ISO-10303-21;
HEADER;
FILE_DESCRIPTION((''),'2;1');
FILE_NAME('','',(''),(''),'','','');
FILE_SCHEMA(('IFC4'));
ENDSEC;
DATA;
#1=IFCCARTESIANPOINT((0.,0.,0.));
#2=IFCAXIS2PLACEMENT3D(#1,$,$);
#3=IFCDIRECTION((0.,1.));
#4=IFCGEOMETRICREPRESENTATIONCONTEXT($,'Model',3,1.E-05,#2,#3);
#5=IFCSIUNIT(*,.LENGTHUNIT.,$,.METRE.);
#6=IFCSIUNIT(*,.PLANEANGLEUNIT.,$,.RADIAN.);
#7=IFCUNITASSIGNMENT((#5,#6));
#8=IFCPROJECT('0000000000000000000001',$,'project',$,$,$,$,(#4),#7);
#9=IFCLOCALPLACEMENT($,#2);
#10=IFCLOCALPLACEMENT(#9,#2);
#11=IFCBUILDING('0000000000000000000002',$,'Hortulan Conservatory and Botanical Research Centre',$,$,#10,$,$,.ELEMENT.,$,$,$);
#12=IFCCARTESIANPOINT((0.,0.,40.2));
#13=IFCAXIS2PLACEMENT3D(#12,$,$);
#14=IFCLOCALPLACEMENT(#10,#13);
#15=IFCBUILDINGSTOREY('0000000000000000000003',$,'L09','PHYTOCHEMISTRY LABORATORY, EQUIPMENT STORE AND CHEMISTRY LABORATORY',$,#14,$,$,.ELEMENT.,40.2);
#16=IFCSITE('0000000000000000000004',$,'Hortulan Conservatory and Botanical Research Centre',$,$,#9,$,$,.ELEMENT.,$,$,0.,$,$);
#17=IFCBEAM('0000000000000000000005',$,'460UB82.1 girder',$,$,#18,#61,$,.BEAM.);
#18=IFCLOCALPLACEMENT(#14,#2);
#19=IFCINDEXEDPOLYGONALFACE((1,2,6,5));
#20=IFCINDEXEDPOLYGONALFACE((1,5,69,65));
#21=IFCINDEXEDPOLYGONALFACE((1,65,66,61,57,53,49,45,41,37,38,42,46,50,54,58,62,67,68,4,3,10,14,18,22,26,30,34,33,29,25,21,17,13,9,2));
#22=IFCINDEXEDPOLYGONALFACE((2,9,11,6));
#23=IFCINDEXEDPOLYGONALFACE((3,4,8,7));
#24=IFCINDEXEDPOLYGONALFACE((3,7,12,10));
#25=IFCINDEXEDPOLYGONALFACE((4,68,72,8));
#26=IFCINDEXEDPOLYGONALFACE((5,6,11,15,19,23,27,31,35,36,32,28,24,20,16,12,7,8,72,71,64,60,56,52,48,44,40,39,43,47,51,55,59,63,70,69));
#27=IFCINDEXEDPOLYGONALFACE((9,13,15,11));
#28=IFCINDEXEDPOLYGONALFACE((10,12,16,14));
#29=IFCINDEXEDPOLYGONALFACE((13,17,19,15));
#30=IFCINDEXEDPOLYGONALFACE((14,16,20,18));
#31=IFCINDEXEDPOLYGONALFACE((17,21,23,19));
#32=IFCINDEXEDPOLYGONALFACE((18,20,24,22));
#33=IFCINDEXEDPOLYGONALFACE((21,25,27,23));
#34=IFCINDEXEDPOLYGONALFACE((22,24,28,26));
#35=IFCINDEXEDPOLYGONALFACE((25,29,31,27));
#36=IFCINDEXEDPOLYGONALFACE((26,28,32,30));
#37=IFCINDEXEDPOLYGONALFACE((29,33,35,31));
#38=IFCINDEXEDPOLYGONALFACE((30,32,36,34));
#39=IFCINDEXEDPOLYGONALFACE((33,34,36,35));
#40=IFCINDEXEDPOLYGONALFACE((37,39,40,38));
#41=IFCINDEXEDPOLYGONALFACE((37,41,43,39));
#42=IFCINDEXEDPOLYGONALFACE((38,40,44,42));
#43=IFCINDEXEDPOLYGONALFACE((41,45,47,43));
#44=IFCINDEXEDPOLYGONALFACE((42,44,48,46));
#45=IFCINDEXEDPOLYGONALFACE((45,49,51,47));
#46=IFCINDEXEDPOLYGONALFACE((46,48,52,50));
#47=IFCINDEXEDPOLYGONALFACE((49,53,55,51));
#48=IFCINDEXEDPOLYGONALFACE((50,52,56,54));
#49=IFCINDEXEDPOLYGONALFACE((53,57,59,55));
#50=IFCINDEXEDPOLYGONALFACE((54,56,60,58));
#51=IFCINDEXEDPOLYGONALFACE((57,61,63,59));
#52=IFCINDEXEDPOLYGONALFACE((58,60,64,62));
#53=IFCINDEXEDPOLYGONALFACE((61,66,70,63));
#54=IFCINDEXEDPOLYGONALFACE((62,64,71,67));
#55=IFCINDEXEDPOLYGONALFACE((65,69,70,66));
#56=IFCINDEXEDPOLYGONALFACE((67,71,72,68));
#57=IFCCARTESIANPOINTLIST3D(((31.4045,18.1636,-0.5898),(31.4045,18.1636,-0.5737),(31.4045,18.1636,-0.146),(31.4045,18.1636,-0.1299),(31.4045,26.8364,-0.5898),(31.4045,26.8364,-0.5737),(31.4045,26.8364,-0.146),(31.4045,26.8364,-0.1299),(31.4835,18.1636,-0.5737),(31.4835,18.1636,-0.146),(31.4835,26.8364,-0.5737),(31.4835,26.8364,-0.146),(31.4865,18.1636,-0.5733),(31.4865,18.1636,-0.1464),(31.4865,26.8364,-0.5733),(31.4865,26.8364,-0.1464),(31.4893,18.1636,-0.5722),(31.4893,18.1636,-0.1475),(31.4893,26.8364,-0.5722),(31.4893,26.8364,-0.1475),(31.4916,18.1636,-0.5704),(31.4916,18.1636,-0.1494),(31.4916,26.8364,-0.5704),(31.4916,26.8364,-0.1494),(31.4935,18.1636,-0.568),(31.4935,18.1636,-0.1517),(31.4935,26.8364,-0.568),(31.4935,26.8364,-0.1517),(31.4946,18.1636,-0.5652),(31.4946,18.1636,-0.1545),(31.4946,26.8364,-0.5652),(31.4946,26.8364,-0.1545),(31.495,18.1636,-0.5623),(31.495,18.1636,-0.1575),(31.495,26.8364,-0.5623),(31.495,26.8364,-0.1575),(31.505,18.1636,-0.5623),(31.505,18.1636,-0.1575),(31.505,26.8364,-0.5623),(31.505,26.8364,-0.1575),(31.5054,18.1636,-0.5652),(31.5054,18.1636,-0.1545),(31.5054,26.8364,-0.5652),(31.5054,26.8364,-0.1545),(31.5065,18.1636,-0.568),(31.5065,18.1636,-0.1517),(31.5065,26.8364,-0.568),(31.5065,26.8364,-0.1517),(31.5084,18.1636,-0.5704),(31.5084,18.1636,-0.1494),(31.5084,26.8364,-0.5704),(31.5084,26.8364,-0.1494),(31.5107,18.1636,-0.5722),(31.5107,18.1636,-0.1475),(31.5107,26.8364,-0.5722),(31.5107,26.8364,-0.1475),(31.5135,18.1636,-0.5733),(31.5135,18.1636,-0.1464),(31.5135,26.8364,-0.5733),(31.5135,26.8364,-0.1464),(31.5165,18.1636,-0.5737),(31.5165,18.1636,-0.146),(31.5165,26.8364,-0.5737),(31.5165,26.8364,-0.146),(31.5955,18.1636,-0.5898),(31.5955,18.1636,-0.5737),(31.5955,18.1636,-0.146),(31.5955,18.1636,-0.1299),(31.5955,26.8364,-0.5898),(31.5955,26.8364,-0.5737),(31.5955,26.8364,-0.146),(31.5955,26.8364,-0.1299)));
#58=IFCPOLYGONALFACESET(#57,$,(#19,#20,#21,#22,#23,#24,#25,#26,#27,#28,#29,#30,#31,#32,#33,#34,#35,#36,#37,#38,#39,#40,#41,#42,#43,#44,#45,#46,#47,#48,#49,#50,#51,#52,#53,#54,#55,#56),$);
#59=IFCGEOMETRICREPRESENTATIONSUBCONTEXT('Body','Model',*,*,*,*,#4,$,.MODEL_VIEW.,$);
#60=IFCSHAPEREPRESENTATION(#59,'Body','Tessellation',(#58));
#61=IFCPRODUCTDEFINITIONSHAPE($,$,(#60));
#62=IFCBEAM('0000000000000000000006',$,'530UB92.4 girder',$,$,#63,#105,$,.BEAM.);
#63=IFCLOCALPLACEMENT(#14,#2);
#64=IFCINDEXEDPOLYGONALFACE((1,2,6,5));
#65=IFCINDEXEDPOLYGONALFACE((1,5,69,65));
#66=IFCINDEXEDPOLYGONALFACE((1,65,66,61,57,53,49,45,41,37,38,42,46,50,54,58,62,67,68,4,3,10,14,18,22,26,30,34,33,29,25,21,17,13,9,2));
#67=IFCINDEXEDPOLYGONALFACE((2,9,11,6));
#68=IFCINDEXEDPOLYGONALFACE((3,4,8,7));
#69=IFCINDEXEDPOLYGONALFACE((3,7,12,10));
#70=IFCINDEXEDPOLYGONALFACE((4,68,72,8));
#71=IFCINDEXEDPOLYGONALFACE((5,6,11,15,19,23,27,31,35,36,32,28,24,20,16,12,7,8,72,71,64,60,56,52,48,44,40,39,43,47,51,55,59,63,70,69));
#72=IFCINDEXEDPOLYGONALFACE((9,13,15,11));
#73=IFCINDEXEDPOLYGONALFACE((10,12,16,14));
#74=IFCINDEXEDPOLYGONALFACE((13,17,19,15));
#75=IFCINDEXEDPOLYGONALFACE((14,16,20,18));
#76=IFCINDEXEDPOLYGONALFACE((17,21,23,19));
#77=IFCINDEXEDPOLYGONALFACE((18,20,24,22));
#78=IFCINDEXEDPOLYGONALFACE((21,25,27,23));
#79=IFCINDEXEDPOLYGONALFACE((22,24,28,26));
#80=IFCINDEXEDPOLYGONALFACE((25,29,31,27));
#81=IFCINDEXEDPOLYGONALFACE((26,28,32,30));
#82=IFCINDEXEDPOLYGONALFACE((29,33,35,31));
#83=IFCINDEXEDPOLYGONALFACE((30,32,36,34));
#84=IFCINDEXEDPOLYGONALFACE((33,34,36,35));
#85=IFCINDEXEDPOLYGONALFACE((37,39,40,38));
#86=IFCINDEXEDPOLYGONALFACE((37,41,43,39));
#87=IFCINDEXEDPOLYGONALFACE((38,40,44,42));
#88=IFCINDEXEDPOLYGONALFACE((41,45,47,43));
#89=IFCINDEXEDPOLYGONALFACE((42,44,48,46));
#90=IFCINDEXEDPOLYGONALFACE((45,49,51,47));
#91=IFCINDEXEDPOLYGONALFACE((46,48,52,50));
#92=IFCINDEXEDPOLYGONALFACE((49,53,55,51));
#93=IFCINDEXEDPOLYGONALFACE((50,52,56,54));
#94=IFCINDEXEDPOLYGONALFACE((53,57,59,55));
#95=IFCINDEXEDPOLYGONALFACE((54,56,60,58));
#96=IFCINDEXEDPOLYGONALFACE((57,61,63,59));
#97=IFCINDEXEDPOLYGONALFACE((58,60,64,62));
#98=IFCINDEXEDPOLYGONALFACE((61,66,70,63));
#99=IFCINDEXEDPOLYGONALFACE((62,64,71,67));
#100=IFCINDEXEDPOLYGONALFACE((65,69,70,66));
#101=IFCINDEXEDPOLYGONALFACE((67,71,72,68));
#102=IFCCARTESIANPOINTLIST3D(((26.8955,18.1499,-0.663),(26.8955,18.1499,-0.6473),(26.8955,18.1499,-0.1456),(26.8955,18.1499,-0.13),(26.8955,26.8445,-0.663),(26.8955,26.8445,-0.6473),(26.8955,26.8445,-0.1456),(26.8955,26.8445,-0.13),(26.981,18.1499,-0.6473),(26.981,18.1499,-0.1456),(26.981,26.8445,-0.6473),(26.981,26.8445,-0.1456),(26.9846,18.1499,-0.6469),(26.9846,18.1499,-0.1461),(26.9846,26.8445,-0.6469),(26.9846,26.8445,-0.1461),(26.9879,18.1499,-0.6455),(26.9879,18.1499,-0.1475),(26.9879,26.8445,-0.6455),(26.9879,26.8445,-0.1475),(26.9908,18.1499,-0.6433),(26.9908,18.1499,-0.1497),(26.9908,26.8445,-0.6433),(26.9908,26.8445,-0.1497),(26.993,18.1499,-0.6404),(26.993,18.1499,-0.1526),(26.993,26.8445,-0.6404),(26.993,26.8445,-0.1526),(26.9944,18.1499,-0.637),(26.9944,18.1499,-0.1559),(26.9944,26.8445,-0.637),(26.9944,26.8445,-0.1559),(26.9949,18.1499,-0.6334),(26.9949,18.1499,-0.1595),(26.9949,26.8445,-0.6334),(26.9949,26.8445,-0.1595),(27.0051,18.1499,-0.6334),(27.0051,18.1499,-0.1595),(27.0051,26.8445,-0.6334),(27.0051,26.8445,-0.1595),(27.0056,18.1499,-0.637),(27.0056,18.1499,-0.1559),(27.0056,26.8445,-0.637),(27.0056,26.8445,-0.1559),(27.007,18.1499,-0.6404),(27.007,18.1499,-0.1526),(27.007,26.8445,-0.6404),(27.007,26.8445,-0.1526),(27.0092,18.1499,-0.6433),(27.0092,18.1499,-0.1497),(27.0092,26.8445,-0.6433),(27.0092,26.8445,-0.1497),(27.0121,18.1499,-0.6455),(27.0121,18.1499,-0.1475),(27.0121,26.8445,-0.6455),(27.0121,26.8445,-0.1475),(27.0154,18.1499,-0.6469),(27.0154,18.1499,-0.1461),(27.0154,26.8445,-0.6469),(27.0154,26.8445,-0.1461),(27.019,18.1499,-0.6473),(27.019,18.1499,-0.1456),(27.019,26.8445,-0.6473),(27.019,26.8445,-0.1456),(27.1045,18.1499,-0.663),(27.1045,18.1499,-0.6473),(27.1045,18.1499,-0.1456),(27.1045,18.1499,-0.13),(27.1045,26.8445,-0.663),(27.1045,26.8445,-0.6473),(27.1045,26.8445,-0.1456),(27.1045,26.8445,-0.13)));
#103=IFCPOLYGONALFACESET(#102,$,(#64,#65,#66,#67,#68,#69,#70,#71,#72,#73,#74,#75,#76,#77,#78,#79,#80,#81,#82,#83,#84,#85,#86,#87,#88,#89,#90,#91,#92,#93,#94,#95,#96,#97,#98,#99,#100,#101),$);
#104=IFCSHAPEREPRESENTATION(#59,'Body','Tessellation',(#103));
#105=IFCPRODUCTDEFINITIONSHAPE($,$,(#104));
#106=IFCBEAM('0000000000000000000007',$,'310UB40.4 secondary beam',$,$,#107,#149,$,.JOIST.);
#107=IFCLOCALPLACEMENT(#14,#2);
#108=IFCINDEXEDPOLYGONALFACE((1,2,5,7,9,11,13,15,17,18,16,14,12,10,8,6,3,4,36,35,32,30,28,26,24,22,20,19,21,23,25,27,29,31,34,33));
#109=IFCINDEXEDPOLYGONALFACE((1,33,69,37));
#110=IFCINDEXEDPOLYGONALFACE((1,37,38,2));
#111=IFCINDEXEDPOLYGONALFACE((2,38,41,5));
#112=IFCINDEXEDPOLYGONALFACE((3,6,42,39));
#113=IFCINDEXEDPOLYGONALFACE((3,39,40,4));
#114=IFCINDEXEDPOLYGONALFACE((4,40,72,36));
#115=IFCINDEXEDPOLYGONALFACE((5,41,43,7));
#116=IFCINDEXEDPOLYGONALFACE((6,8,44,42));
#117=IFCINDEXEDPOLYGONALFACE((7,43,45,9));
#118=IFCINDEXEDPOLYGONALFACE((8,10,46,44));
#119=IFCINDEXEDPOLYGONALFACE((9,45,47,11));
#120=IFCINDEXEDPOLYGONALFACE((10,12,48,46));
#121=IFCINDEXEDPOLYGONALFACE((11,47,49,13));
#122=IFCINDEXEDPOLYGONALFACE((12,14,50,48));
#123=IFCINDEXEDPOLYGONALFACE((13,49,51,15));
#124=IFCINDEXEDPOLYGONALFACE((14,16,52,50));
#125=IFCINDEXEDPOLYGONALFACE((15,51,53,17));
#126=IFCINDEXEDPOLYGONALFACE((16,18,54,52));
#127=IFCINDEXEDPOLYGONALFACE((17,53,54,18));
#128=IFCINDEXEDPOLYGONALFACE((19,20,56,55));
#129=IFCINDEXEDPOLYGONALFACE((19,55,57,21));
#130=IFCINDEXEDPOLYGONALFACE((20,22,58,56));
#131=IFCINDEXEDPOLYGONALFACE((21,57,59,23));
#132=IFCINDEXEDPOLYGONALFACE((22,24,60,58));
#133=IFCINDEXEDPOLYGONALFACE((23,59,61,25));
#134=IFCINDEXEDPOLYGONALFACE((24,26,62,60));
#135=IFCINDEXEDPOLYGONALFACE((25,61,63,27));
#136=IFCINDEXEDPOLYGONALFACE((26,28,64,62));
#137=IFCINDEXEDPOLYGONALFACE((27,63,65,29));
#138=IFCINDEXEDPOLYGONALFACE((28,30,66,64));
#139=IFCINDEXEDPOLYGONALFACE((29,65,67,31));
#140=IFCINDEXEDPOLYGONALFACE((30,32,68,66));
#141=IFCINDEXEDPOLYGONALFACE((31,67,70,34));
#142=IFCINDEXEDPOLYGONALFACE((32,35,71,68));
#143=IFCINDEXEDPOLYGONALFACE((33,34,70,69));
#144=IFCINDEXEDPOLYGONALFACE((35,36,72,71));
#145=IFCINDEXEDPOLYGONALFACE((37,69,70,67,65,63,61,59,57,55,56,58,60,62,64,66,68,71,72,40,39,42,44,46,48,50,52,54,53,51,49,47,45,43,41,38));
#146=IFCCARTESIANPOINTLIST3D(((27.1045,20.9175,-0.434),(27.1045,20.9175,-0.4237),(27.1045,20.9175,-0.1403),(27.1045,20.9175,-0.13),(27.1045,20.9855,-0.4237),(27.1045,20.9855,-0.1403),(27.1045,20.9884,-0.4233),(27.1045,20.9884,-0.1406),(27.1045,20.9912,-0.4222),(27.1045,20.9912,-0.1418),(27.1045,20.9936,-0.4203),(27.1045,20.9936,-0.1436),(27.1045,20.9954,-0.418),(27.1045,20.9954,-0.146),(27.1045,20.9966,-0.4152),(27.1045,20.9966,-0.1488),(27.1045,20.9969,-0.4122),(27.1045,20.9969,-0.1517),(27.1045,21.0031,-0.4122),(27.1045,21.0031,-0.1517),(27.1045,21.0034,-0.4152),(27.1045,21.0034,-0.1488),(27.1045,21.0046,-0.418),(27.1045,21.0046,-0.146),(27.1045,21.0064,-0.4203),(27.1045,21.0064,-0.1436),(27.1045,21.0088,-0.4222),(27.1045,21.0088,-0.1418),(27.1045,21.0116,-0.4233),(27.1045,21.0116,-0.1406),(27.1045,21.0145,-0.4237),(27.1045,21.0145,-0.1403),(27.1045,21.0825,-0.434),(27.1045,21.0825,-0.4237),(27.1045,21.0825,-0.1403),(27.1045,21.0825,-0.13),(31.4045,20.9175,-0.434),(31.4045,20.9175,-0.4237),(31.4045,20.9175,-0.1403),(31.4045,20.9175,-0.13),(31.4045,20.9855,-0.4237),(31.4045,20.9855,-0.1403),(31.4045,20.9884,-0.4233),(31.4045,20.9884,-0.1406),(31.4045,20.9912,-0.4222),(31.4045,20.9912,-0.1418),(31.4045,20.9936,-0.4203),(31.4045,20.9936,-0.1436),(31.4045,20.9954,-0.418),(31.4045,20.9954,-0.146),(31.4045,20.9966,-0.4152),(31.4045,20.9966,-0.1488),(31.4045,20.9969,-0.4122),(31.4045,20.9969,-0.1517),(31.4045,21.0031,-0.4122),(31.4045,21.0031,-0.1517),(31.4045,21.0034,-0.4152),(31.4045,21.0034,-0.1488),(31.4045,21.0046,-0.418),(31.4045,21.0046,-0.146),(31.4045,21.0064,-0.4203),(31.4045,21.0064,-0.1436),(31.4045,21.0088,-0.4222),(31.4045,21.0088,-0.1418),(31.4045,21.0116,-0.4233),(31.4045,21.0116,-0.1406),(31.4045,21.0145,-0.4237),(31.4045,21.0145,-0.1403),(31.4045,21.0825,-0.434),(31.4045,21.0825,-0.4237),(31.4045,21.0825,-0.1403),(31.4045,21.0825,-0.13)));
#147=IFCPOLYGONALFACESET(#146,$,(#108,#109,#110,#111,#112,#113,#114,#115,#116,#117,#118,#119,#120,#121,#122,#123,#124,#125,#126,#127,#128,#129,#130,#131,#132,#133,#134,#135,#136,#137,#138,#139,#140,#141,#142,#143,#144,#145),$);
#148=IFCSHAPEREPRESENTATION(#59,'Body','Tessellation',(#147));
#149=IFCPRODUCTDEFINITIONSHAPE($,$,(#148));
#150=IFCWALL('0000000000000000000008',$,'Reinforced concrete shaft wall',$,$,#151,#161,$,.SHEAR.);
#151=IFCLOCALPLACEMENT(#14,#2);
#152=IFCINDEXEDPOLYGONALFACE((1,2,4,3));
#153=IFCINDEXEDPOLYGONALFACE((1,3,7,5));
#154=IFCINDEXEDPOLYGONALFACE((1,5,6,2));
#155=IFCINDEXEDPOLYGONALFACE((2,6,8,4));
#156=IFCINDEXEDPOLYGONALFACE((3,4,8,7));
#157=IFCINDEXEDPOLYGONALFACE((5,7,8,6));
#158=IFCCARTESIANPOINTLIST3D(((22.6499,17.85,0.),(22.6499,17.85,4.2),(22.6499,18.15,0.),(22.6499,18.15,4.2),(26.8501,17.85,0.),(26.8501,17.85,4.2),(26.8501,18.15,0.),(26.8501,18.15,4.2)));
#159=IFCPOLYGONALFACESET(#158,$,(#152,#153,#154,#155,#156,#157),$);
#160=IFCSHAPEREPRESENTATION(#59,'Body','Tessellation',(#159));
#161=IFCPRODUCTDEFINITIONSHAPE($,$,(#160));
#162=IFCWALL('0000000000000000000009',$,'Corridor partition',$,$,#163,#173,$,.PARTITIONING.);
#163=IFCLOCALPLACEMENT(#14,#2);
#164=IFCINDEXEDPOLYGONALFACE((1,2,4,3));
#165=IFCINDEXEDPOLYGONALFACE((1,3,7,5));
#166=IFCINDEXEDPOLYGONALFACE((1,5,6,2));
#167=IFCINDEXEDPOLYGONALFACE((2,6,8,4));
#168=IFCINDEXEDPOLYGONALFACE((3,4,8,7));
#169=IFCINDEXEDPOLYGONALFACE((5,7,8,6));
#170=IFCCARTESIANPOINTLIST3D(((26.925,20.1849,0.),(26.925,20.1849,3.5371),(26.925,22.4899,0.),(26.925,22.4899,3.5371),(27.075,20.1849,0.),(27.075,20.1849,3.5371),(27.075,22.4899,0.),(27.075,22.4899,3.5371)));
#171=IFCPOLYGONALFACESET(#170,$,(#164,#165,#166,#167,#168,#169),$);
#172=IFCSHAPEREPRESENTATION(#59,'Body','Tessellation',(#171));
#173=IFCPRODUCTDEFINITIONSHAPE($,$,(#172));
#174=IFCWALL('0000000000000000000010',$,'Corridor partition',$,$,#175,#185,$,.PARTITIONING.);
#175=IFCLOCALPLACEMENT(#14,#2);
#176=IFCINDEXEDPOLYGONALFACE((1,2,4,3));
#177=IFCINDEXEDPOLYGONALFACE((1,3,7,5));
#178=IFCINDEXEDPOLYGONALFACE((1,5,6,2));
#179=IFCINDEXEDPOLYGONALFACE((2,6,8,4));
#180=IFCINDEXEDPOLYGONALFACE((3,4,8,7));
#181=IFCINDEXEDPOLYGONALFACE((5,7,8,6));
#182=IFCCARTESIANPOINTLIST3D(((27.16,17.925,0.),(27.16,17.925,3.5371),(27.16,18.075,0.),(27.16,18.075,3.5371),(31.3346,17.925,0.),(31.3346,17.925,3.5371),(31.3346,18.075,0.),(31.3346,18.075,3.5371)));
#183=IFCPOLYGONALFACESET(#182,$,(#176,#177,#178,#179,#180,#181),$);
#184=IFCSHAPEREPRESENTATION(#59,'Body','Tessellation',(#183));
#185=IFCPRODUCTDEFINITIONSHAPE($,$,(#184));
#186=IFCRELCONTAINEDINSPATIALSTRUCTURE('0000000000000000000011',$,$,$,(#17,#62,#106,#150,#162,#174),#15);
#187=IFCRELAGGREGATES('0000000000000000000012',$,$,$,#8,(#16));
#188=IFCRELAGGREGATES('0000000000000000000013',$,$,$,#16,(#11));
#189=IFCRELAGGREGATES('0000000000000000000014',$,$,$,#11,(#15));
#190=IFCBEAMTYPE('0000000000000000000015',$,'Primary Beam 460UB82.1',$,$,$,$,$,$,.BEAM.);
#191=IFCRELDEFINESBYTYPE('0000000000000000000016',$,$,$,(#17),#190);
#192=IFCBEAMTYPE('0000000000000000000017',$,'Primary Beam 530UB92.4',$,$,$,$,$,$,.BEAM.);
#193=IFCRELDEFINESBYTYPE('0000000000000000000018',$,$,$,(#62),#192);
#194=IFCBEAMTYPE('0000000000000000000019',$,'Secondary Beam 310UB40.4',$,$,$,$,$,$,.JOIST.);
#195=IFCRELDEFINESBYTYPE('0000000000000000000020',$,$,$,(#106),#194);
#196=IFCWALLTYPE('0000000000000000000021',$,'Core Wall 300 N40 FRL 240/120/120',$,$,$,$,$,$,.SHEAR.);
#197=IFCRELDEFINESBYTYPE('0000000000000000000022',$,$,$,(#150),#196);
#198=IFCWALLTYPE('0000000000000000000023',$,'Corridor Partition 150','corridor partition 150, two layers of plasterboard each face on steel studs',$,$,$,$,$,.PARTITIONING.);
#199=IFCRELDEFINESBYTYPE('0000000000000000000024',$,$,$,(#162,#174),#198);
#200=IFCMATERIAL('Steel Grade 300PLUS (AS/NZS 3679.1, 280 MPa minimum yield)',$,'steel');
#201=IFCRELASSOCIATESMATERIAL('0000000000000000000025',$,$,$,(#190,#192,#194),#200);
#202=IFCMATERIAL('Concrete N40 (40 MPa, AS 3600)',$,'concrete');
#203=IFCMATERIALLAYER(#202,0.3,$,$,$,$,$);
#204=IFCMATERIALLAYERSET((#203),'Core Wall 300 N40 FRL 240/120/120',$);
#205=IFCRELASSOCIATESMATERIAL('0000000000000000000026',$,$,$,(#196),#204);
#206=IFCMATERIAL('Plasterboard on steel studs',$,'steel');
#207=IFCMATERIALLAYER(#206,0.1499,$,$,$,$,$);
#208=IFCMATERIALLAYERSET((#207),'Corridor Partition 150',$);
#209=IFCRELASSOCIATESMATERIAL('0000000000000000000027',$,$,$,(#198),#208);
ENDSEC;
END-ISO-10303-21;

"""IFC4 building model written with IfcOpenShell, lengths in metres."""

from ifc_helpers import new_model, si_unit, direction, frame, frame_2d, origin, origin_2d, place, context, subcontext, project, spatial, rectangle, i_section, extrude, material, layer, layer_set, material_profile, profile_set, type_object, element, save


model = new_model("IFC4")

# Units and contexts
model_context = context("Model", 3, precision=1e-05, world=origin(), true_north=direction((0.0, 1.0)))
body_context = subcontext(model_context, "Body", "Model", "MODEL_VIEW")
ifc_project = project(units=[si_unit("LENGTHUNIT", "METRE"), si_unit("PLANEANGLEUNIT", "RADIAN")], contexts=[model_context])

# Site, building, storey
site_placement = place(None, origin())
site = spatial("IfcSite", under=ifc_project, at=site_placement, Name="Hortulan Conservatory and Botanical Research Centre", CompositionType="ELEMENT", RefElevation=0.0)
building_placement = place(site_placement, origin())
building = spatial("IfcBuilding", under=site, at=building_placement, Name="Hortulan Conservatory and Botanical Research Centre", CompositionType="ELEMENT")
storey_placement = place(building_placement, frame((0.0, 0.0, 40.2)))
storey = spatial("IfcBuildingStorey", under=building, at=storey_placement, Name="L09", Description="PHYTOCHEMISTRY LABORATORY, EQUIPMENT STORE AND CHEMISTRY LABORATORY", CompositionType="ELEMENT", Elevation=40.2)

# Shared definitions
ifc_material_1 = material(Name="Steel Grade 300PLUS (AS/NZS 3679.1, 280 MPa minimum yield)", Category="steel")

# Beams
ifc_material_profile_1 = material_profile(ifc_material_1, i_section(OverallWidth=0.1909, OverallDepth=0.46, WebThickness=0.01, FlangeThickness=0.0161, FilletRadius=0.0115, at=origin_2d()), Name="460UB82.1")
ifc_profile_set_1 = profile_set([ifc_material_profile_1], Name="Steel Grade 300PLUS (AS/NZS 3679.1, 280 MPa minimum yield)")
beam_type_1 = type_object("IfcBeamType", Name="Primary Beam 460UB82.1", PredefinedType="BEAM", material=ifc_profile_set_1)
beam_1_placement = place(storey_placement, frame((31.5, 18.1636, -0.3599), z_axis=(0.0, 1.0, 0.0), x_axis=(-1.0, 0.0, 0.0)))
element("IfcBeam", 1, at=beam_1_placement, inside=storey, type_object=beam_type_1, Name="460UB82.1 girder", PredefinedType="BEAM", context=body_context, shape_type="SweptSolid", body=[
    extrude(i_section(OverallWidth=0.1909, OverallDepth=0.46, WebThickness=0.01, FlangeThickness=0.0161, FilletRadius=0.0115, at=origin_2d()), origin(), (0.0, 0.0, 1.0), 8.6729),
])
ifc_material_profile_2 = material_profile(ifc_material_1, i_section(OverallWidth=0.209, OverallDepth=0.533, WebThickness=0.0103, FlangeThickness=0.0156, FilletRadius=0.0139, at=origin_2d()), Name="530UB92.4")
ifc_profile_set_2 = profile_set([ifc_material_profile_2], Name="Steel Grade 300PLUS (AS/NZS 3679.1, 280 MPa minimum yield)")
beam_type_2 = type_object("IfcBeamType", Name="Primary Beam 530UB92.4", PredefinedType="BEAM", material=ifc_profile_set_2)
beam_2_placement = place(storey_placement, frame((27.0, 18.1499, -0.3965), z_axis=(0.0, 1.0, 0.0), x_axis=(-1.0, 0.0, 0.0)))
element("IfcBeam", 2, at=beam_2_placement, inside=storey, type_object=beam_type_2, Name="530UB92.4 girder", PredefinedType="BEAM", context=body_context, shape_type="SweptSolid", body=[
    extrude(i_section(OverallWidth=0.209, OverallDepth=0.533, WebThickness=0.0103, FlangeThickness=0.0156, FilletRadius=0.0139, at=origin_2d()), origin(), (0.0, 0.0, 1.0), 8.6946),
])
ifc_material_profile_3 = material_profile(ifc_material_1, i_section(OverallWidth=0.165, OverallDepth=0.304, WebThickness=0.0061, FlangeThickness=0.0103, FilletRadius=0.0115, at=origin_2d()), Name="310UB40.4")
ifc_profile_set_3 = profile_set([ifc_material_profile_3], Name="Steel Grade 300PLUS (AS/NZS 3679.1, 280 MPa minimum yield)")
beam_type_3 = type_object("IfcBeamType", Name="Secondary Beam 310UB40.4", PredefinedType="JOIST", material=ifc_profile_set_3)
beam_3_placement = place(storey_placement, frame((27.1045, 21.0, -0.282), z_axis=(1.0, 0.0, 0.0), x_axis=(0.0, 1.0, 0.0)))
element("IfcBeam", 3, at=beam_3_placement, inside=storey, type_object=beam_type_3, Name="310UB40.4 secondary beam", PredefinedType="JOIST", context=body_context, shape_type="SweptSolid", body=[
    extrude(i_section(OverallWidth=0.165, OverallDepth=0.304, WebThickness=0.0061, FlangeThickness=0.0103, FilletRadius=0.0115, at=origin_2d()), origin(), (0.0, 0.0, 1.0), 4.3),
])

# Walls
ifc_material_2 = material(Name="Concrete N40 (40 MPa, AS 3600)", Category="concrete")
ifc_layer_1 = layer(ifc_material_2, 0.3)
ifc_layer_set_1 = layer_set([ifc_layer_1], Name="Core Wall 300 N40 FRL 240/120/120")
wall_type_1 = type_object("IfcWallType", Name="Core Wall 300 N40 FRL 240/120/120", PredefinedType="SHEAR", material=ifc_layer_set_1)
wall_1_placement = place(storey_placement, frame((22.6499, 18.0, 0.0), z_axis=(0.0, 0.0, 1.0), x_axis=(1.0, 0.0, 0.0)))
element("IfcWall", 4, at=wall_1_placement, inside=storey, type_object=wall_type_1, Name="Reinforced concrete shaft wall", PredefinedType="SHEAR", context=body_context, shape_type="SweptSolid", body=[
    extrude(rectangle(XDim=4.2002, YDim=0.3, at=frame_2d((2.1001, 0.0))), origin(), (0.0, 0.0, 1.0), 4.2),
])
ifc_material_3 = material(Name="Plasterboard on steel studs", Category="steel")
ifc_layer_2 = layer(ifc_material_3, 0.1499)
ifc_layer_set_2 = layer_set([ifc_layer_2], Name="Corridor Partition 150")
wall_type_2 = type_object("IfcWallType", Name="Corridor Partition 150", Description="corridor partition 150, two layers of plasterboard each face on steel studs", PredefinedType="PARTITIONING", material=ifc_layer_set_2)
wall_2_placement = place(storey_placement, frame((27.0, 20.1851, 0.0), z_axis=(0.0, 0.0, 1.0), x_axis=(0.0, 1.0, 0.0)))
element("IfcWall", 5, at=wall_2_placement, inside=storey, type_object=wall_type_2, Name="Corridor partition", PredefinedType="PARTITIONING", context=body_context, shape_type="SweptSolid", body=[
    extrude(rectangle(XDim=2.3049, YDim=0.1499, at=frame_2d((1.1523, 0.0))), origin(), (0.0, 0.0, 1.0), 3.5371),
])
wall_3_placement = place(storey_placement, frame((27.1599, 18.0, 0.0), z_axis=(0.0, 0.0, 1.0), x_axis=(1.0, 0.0, 0.0)))
element("IfcWall", 6, at=wall_3_placement, inside=storey, type_object=wall_type_2, Name="Corridor partition", PredefinedType="PARTITIONING", context=body_context, shape_type="SweptSolid", body=[
    extrude(rectangle(XDim=4.1746, YDim=0.1499, at=frame_2d((2.0874, 0.0))), origin(), (0.0, 0.0, 1.0), 3.5371),
])

save(model, "model.ifc")
